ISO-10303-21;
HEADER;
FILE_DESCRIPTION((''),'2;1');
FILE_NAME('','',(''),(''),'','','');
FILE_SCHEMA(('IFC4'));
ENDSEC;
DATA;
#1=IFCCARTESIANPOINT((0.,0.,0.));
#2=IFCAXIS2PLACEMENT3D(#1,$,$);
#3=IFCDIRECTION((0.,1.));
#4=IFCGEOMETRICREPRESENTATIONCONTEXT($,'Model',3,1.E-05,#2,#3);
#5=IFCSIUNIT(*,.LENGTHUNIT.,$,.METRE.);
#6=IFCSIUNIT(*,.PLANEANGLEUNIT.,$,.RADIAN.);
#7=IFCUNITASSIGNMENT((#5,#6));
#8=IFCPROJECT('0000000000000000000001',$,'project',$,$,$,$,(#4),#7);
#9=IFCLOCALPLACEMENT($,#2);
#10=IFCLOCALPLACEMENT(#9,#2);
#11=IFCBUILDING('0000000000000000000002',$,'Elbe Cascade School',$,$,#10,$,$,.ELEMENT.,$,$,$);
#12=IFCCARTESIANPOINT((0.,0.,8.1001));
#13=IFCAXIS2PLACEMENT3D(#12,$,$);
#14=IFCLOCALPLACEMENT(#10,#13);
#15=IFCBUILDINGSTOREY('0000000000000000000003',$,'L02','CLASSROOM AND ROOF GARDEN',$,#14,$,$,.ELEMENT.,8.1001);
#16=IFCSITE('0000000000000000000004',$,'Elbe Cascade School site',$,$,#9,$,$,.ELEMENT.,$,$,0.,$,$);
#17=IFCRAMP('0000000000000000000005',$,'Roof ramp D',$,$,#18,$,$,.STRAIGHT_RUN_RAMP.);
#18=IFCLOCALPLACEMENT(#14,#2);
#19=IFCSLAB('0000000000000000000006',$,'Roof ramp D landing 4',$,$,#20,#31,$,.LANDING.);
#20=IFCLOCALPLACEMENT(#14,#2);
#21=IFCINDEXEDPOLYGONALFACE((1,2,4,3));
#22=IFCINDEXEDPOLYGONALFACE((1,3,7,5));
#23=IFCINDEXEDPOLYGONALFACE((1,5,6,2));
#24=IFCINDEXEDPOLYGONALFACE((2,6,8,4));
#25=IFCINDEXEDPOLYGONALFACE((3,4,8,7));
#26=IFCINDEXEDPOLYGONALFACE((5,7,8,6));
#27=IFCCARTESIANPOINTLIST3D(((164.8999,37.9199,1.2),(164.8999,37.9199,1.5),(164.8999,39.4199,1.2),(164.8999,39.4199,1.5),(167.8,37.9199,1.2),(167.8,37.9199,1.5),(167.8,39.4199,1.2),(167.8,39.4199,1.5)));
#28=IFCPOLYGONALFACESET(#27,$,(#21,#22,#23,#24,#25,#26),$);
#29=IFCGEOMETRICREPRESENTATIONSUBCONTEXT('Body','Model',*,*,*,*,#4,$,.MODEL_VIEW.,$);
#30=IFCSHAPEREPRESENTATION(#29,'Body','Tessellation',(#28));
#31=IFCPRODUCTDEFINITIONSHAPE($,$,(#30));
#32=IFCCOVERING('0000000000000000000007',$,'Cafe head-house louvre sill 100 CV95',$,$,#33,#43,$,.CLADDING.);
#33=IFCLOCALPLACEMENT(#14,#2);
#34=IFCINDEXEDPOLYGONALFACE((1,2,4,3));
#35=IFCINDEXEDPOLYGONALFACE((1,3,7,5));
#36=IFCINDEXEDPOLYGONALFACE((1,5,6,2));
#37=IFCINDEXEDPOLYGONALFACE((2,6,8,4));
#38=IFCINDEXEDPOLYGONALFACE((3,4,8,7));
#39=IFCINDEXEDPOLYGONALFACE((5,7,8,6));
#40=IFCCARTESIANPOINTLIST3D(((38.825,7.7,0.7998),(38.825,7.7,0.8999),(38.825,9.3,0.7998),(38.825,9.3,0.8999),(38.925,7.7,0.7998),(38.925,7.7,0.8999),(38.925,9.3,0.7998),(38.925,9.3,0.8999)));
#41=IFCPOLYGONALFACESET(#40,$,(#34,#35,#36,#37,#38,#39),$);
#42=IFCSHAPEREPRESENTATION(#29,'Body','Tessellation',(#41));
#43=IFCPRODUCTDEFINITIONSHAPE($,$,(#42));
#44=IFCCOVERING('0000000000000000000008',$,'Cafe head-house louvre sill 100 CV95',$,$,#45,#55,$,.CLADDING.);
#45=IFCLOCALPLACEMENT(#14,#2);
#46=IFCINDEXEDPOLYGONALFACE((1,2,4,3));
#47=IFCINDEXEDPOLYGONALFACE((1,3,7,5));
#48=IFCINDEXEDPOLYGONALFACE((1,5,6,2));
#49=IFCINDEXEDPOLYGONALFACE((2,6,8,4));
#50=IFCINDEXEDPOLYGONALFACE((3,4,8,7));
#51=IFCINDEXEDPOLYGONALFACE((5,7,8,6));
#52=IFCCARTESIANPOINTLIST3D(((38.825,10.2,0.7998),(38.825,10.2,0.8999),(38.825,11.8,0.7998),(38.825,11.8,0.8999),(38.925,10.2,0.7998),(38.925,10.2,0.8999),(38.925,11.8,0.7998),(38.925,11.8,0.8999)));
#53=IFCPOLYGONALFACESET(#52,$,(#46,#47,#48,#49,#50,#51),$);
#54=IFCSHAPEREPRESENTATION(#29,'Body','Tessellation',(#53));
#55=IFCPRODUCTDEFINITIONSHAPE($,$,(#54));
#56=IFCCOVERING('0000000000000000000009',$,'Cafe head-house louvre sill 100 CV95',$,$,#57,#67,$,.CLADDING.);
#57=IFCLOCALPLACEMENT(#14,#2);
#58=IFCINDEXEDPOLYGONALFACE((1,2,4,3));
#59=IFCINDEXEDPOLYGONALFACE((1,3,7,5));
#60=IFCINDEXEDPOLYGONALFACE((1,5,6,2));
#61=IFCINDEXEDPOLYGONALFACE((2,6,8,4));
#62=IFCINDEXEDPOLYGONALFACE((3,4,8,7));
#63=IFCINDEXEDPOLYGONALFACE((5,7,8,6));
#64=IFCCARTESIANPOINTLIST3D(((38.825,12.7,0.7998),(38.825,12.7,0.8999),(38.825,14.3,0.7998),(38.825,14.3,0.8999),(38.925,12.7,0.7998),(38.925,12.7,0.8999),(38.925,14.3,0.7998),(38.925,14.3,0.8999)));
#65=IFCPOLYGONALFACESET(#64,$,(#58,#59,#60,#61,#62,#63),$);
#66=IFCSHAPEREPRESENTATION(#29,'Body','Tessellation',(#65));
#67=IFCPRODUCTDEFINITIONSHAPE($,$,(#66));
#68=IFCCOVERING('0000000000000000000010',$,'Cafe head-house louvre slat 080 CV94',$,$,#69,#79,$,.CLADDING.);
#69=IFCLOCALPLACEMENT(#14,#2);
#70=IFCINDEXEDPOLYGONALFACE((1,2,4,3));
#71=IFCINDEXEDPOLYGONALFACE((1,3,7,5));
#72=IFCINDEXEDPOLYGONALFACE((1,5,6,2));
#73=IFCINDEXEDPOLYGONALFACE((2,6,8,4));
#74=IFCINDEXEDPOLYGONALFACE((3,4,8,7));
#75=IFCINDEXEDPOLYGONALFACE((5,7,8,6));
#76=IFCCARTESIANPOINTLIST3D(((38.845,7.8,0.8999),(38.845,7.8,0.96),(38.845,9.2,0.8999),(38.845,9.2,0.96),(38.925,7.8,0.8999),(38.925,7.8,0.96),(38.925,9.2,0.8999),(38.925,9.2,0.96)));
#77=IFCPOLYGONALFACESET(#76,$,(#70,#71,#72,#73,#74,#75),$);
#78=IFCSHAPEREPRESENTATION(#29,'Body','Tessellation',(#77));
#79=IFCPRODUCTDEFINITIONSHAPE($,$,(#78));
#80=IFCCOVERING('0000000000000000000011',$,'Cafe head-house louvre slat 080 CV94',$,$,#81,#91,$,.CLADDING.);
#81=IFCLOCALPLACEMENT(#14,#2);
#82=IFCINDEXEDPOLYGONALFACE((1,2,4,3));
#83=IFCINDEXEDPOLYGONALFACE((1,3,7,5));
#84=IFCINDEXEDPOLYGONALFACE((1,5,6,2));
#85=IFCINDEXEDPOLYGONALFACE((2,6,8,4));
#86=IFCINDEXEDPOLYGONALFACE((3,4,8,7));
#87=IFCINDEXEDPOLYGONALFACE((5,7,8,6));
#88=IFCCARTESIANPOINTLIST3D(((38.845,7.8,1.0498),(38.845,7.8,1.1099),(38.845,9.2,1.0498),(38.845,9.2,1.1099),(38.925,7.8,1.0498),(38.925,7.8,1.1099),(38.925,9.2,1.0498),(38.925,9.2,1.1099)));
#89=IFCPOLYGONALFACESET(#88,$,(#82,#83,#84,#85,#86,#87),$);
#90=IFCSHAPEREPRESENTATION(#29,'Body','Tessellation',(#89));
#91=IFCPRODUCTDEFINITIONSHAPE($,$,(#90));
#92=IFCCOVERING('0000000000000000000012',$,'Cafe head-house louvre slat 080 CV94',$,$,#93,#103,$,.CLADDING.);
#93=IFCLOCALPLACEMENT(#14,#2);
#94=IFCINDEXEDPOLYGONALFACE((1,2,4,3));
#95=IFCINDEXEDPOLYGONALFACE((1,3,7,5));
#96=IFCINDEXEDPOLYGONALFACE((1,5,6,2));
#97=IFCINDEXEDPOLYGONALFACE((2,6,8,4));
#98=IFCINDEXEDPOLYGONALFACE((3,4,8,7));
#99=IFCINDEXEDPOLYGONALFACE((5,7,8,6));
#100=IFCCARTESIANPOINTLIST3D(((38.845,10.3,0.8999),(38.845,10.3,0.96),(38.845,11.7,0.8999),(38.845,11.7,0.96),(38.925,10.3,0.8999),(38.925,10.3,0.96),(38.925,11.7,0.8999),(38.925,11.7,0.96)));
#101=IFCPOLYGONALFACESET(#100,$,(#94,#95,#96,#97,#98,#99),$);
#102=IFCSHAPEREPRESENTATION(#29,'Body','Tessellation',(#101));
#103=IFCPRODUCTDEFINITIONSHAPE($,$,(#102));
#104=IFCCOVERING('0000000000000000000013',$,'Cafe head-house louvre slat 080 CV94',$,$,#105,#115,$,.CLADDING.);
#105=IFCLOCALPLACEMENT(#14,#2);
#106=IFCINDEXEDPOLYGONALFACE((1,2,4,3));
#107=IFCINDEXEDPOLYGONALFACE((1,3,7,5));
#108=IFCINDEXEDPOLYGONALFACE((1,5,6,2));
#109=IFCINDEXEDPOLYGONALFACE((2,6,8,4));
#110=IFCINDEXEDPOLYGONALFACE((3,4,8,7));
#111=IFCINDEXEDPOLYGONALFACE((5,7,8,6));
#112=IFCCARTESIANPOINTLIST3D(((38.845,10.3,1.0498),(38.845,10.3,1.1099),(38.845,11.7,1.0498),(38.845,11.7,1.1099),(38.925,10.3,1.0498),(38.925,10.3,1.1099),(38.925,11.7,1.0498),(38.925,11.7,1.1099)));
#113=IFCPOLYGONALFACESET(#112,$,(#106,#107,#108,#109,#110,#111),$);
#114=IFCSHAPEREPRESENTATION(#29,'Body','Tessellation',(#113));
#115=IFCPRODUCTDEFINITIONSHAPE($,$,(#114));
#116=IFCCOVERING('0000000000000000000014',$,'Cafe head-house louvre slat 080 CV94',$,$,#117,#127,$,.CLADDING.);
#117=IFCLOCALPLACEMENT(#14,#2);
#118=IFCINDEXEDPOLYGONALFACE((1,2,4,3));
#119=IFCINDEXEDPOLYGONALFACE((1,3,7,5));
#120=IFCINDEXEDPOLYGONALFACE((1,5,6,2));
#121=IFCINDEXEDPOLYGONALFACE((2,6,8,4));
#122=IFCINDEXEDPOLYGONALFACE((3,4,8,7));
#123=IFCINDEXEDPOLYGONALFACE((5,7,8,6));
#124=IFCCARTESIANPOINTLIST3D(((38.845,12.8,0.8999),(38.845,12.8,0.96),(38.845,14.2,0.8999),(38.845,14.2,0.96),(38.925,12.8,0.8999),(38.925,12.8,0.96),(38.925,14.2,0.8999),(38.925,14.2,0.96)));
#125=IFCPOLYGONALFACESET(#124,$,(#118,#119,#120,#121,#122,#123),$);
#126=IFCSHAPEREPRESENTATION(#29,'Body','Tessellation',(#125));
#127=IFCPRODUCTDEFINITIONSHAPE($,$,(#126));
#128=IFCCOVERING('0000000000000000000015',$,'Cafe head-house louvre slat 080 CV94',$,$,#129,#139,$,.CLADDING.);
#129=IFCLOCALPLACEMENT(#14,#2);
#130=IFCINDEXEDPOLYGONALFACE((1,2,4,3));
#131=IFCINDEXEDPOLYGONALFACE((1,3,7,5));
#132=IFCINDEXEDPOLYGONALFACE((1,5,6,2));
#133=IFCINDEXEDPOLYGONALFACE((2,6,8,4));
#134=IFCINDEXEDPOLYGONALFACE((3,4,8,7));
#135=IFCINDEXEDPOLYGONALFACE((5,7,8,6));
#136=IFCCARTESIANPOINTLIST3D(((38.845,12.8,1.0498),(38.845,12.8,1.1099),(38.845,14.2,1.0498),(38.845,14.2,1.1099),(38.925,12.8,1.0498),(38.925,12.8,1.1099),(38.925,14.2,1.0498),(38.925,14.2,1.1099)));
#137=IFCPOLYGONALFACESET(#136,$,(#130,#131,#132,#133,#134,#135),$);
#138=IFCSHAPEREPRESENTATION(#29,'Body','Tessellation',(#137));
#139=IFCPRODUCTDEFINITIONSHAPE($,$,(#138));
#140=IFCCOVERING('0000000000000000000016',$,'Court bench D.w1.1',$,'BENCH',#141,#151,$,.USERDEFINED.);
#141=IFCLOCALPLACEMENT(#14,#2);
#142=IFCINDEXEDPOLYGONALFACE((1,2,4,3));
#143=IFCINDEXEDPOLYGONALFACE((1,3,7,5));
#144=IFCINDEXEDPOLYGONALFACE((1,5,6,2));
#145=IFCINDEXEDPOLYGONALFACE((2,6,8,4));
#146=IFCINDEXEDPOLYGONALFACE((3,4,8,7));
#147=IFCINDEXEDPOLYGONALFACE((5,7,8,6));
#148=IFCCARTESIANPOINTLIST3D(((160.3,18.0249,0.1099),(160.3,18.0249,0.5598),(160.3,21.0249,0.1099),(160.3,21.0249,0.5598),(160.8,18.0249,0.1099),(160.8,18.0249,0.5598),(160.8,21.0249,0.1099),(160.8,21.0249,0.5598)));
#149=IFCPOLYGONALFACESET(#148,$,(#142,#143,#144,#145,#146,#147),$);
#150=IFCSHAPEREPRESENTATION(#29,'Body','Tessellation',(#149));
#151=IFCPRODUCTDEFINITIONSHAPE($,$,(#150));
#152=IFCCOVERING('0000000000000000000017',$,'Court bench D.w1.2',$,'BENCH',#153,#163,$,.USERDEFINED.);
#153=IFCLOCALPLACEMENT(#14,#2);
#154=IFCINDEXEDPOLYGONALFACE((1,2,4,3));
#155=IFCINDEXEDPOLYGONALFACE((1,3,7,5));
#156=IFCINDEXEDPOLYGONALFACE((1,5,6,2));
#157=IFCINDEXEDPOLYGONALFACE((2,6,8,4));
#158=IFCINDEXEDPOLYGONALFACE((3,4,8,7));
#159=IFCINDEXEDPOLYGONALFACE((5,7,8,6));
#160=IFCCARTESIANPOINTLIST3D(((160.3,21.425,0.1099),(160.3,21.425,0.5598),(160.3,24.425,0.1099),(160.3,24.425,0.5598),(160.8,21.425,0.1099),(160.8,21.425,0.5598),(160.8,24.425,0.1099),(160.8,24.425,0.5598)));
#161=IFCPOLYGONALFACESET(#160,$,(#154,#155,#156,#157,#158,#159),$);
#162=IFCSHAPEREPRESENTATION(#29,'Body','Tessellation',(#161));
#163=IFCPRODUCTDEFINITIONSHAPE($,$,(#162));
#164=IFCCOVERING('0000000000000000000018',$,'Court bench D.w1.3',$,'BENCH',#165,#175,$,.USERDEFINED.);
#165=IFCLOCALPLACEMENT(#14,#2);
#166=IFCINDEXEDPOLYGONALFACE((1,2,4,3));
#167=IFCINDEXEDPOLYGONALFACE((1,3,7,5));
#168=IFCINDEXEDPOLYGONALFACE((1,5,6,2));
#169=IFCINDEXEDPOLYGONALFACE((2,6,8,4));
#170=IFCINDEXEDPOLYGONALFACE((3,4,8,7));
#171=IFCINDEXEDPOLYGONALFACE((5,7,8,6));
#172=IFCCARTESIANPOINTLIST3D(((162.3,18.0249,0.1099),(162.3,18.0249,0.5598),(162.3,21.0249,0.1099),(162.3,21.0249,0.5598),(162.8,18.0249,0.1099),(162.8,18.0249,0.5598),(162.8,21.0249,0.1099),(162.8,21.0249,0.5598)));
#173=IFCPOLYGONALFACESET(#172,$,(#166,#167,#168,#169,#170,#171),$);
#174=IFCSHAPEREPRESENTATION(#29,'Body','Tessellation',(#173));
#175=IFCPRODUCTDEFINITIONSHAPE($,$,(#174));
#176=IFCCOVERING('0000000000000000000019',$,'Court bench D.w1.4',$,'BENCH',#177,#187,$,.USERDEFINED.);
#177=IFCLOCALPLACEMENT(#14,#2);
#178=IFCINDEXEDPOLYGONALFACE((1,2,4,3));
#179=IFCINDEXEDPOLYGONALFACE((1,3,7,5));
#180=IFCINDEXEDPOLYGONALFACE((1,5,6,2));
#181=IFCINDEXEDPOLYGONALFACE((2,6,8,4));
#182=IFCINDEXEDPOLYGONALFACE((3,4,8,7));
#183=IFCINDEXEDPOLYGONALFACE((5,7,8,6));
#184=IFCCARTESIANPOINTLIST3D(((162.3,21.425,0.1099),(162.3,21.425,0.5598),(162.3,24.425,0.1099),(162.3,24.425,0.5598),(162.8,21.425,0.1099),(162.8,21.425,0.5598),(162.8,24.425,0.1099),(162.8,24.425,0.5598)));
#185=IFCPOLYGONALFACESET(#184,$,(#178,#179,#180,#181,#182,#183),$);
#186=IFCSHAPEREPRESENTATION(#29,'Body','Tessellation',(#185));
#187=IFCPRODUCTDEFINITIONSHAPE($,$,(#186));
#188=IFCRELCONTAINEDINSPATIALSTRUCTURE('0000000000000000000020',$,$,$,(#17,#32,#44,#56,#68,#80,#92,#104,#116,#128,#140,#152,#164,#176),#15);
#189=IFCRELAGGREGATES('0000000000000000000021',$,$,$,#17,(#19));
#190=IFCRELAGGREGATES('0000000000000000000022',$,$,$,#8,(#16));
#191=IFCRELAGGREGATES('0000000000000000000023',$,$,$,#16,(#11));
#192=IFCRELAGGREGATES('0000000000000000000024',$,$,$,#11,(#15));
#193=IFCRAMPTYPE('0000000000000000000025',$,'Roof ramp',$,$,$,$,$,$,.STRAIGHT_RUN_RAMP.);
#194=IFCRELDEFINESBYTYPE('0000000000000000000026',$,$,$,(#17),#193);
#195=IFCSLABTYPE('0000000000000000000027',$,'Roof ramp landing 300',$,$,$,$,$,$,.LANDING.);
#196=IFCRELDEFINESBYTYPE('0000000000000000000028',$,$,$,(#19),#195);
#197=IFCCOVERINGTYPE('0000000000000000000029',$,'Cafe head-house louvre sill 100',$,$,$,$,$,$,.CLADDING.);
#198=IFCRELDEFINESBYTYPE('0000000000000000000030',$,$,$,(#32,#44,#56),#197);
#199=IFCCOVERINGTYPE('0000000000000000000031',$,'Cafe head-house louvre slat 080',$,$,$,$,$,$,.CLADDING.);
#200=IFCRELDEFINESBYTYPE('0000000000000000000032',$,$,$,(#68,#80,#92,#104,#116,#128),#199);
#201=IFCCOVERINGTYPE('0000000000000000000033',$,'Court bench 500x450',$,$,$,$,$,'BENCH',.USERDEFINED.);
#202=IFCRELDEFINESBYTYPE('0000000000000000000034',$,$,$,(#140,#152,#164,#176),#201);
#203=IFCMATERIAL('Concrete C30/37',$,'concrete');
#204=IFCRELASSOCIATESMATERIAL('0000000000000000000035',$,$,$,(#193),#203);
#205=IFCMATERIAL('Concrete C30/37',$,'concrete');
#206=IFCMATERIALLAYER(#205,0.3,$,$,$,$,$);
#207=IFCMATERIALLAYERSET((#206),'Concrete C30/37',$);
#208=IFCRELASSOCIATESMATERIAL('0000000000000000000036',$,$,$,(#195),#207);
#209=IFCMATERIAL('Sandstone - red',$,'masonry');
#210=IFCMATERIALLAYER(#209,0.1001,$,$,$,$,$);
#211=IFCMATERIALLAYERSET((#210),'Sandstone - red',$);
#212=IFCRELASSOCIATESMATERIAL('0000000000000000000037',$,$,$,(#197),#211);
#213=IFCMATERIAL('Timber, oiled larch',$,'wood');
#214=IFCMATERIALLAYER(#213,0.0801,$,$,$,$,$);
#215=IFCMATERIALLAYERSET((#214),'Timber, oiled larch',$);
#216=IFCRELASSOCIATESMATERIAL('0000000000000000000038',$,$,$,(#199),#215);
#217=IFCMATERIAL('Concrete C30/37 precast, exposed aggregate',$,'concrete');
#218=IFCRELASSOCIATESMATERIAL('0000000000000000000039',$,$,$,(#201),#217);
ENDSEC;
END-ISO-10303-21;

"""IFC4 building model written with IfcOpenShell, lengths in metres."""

from ifc_helpers import new_model, si_unit, direction, frame, origin, place, context, subcontext, project, spatial, polyline, outline, extrude, material, layer, layer_set, type_object, element, aggregate, save


model = new_model("IFC4")

# Units and contexts
model_context = context("Model", 3, precision=1e-05, world=origin(), true_north=direction((0.0, 1.0)))
body_context = subcontext(model_context, "Body", "Model", "MODEL_VIEW")
ifc_project = project(units=[si_unit("LENGTHUNIT", "METRE"), si_unit("PLANEANGLEUNIT", "RADIAN")], contexts=[model_context])

# Site, building, storey
site_placement = place(None, origin())
site = spatial("IfcSite", under=ifc_project, at=site_placement, Name="Elbe Cascade School site", CompositionType="ELEMENT", RefElevation=0.0)
building_placement = place(site_placement, origin())
building = spatial("IfcBuilding", under=site, at=building_placement, Name="Elbe Cascade School", CompositionType="ELEMENT")
storey_placement = place(building_placement, frame((0.0, 0.0, 8.1001)))
storey = spatial("IfcBuildingStorey", under=building, at=storey_placement, Name="L02", Description="CLASSROOM AND ROOF GARDEN", CompositionType="ELEMENT", Elevation=8.1001)

# Ramp, slab
ifc_material_1 = material(Name="Concrete C30/37", Category="concrete")
ramp_type = type_object("IfcRampType", Name="Roof ramp", PredefinedType="STRAIGHT_RUN_RAMP", material=ifc_material_1)
ramp_placement = place(storey_placement, origin())
ramp = element("IfcRamp", 1, at=ramp_placement, inside=storey, type_object=ramp_type, Name="Roof ramp D", PredefinedType="STRAIGHT_RUN_RAMP")
ifc_material_2 = material(Name="Concrete C30/37", Category="concrete")
ifc_layer_1 = layer(ifc_material_2, 0.3)
ifc_layer_set_1 = layer_set([ifc_layer_1], Name="Concrete C30/37")
slab_type = type_object("IfcSlabType", Name="Roof ramp landing 300", PredefinedType="LANDING", material=ifc_layer_set_1)
slab_placement = place(storey_placement, frame((0.0, 0.0, 1.2)))
slab = element("IfcSlab", 2, at=slab_placement, type_object=slab_type, Name="Roof ramp D landing 4", PredefinedType="LANDING", context=body_context, shape_type="SweptSolid", body=[
    extrude(outline(polyline([(167.8, 37.9199), (167.8, 39.4199), (164.8999, 39.4199), (164.8999, 37.9199), (167.8, 37.9199)])), origin(), (0.0, 0.0, 1.0), 0.3),
])
aggregate(ramp, [slab])

# Coverings
ifc_material_3 = material(Name="Sandstone - red", Category="masonry")
ifc_layer_2 = layer(ifc_material_3, 0.1001)
ifc_layer_set_2 = layer_set([ifc_layer_2], Name="Sandstone - red")
covering_type_1 = type_object("IfcCoveringType", Name="Cafe head-house louvre sill 100", PredefinedType="CLADDING", material=ifc_layer_set_2)
covering_1_placement = place(storey_placement, frame((0.0, 0.0, 0.7998)))
element("IfcCovering", 3, at=covering_1_placement, inside=storey, type_object=covering_type_1, Name="Cafe head-house louvre sill 100 CV95", PredefinedType="CLADDING", context=body_context, shape_type="SweptSolid", body=[
    extrude(outline(polyline([(38.825, 7.7), (38.925, 7.7), (38.925, 9.3), (38.825, 9.3), (38.825, 7.7)])), origin(), (0.0, 0.0, 1.0), 0.1001),
])
covering_2_placement = place(storey_placement, frame((0.0, 0.0, 0.7998)))
element("IfcCovering", 4, at=covering_2_placement, inside=storey, type_object=covering_type_1, Name="Cafe head-house louvre sill 100 CV95", PredefinedType="CLADDING", context=body_context, shape_type="SweptSolid", body=[
    extrude(outline(polyline([(38.825, 10.2), (38.925, 10.2), (38.925, 11.8), (38.825, 11.8), (38.825, 10.2)])), origin(), (0.0, 0.0, 1.0), 0.1001),
])
covering_3_placement = place(storey_placement, frame((0.0, 0.0, 0.7998)))
element("IfcCovering", 5, at=covering_3_placement, inside=storey, type_object=covering_type_1, Name="Cafe head-house louvre sill 100 CV95", PredefinedType="CLADDING", context=body_context, shape_type="SweptSolid", body=[
    extrude(outline(polyline([(38.825, 12.7), (38.925, 12.7), (38.925, 14.3), (38.825, 14.3), (38.825, 12.7)])), origin(), (0.0, 0.0, 1.0), 0.1001),
])
ifc_material_4 = material(Name="Timber, oiled larch", Category="wood")
ifc_layer_3 = layer(ifc_material_4, 0.0801)
ifc_layer_set_3 = layer_set([ifc_layer_3], Name="Timber, oiled larch")
covering_type_2 = type_object("IfcCoveringType", Name="Cafe head-house louvre slat 080", PredefinedType="CLADDING", material=ifc_layer_set_3)
for number, where, name in (
    (6, (0.0, 0.0, 0.8999), "Cafe head-house louvre slat 080 CV94"),
    (7, (0.0, 0.0, 1.0498), "Cafe head-house louvre slat 080 CV94"),
):
    element("IfcCovering", number, at=place(storey_placement, frame(where)), inside=storey, type_object=covering_type_2, Name=name, PredefinedType="CLADDING", context=body_context, shape_type="SweptSolid", body=[
        extrude(outline(polyline([(38.845, 7.8), (38.925, 7.8), (38.925, 9.2), (38.845, 9.2), (38.845, 7.8)])), origin(), (0.0, 0.0, 1.0), 0.0601),
    ])
for number, where, name in (
    (8, (0.0, 0.0, 0.8999), "Cafe head-house louvre slat 080 CV94"),
    (9, (0.0, 0.0, 1.0498), "Cafe head-house louvre slat 080 CV94"),
):
    element("IfcCovering", number, at=place(storey_placement, frame(where)), inside=storey, type_object=covering_type_2, Name=name, PredefinedType="CLADDING", context=body_context, shape_type="SweptSolid", body=[
        extrude(outline(polyline([(38.845, 10.3), (38.925, 10.3), (38.925, 11.7), (38.845, 11.7), (38.845, 10.3)])), origin(), (0.0, 0.0, 1.0), 0.0601),
    ])
for number, where, name in (
    (10, (0.0, 0.0, 0.8999), "Cafe head-house louvre slat 080 CV94"),
    (11, (0.0, 0.0, 1.0498), "Cafe head-house louvre slat 080 CV94"),
):
    element("IfcCovering", number, at=place(storey_placement, frame(where)), inside=storey, type_object=covering_type_2, Name=name, PredefinedType="CLADDING", context=body_context, shape_type="SweptSolid", body=[
        extrude(outline(polyline([(38.845, 12.8), (38.925, 12.8), (38.925, 14.2), (38.845, 14.2), (38.845, 12.8)])), origin(), (0.0, 0.0, 1.0), 0.0601),
    ])
ifc_material_5 = material(Name="Concrete C30/37 precast, exposed aggregate", Category="concrete")
covering_type_3 = type_object("IfcCoveringType", Name="Court bench 500x450", ElementType="BENCH", PredefinedType="USERDEFINED", material=ifc_material_5)
covering_4_placement = place(storey_placement, frame((0.0, 0.0, 0.1099)))
element("IfcCovering", 12, at=covering_4_placement, inside=storey, type_object=covering_type_3, Name="Court bench D.w1.1", ObjectType="BENCH", PredefinedType="USERDEFINED", context=body_context, shape_type="SweptSolid", body=[
    extrude(outline(polyline([(160.3, 18.0249), (160.8, 18.0249), (160.8, 21.0249), (160.3, 21.0249), (160.3, 18.0249)])), origin(), (0.0, 0.0, 1.0), 0.45),
])
covering_5_placement = place(storey_placement, frame((0.0, 0.0, 0.1099)))
element("IfcCovering", 13, at=covering_5_placement, inside=storey, type_object=covering_type_3, Name="Court bench D.w1.2", ObjectType="BENCH", PredefinedType="USERDEFINED", context=body_context, shape_type="SweptSolid", body=[
    extrude(outline(polyline([(160.3, 21.425), (160.8, 21.425), (160.8, 24.425), (160.3, 24.425), (160.3, 21.425)])), origin(), (0.0, 0.0, 1.0), 0.45),
])
covering_6_placement = place(storey_placement, frame((0.0, 0.0, 0.1099)))
element("IfcCovering", 14, at=covering_6_placement, inside=storey, type_object=covering_type_3, Name="Court bench D.w1.3", ObjectType="BENCH", PredefinedType="USERDEFINED", context=body_context, shape_type="SweptSolid", body=[
    extrude(outline(polyline([(162.3, 18.0249), (162.8, 18.0249), (162.8, 21.0249), (162.3, 21.0249), (162.3, 18.0249)])), origin(), (0.0, 0.0, 1.0), 0.45),
])
covering_7_placement = place(storey_placement, frame((0.0, 0.0, 0.1099)))
element("IfcCovering", 15, at=covering_7_placement, inside=storey, type_object=covering_type_3, Name="Court bench D.w1.4", ObjectType="BENCH", PredefinedType="USERDEFINED", context=body_context, shape_type="SweptSolid", body=[
    extrude(outline(polyline([(162.3, 21.425), (162.8, 21.425), (162.8, 24.425), (162.3, 24.425), (162.3, 21.425)])), origin(), (0.0, 0.0, 1.0), 0.45),
])

save(model, "model.ifc")
